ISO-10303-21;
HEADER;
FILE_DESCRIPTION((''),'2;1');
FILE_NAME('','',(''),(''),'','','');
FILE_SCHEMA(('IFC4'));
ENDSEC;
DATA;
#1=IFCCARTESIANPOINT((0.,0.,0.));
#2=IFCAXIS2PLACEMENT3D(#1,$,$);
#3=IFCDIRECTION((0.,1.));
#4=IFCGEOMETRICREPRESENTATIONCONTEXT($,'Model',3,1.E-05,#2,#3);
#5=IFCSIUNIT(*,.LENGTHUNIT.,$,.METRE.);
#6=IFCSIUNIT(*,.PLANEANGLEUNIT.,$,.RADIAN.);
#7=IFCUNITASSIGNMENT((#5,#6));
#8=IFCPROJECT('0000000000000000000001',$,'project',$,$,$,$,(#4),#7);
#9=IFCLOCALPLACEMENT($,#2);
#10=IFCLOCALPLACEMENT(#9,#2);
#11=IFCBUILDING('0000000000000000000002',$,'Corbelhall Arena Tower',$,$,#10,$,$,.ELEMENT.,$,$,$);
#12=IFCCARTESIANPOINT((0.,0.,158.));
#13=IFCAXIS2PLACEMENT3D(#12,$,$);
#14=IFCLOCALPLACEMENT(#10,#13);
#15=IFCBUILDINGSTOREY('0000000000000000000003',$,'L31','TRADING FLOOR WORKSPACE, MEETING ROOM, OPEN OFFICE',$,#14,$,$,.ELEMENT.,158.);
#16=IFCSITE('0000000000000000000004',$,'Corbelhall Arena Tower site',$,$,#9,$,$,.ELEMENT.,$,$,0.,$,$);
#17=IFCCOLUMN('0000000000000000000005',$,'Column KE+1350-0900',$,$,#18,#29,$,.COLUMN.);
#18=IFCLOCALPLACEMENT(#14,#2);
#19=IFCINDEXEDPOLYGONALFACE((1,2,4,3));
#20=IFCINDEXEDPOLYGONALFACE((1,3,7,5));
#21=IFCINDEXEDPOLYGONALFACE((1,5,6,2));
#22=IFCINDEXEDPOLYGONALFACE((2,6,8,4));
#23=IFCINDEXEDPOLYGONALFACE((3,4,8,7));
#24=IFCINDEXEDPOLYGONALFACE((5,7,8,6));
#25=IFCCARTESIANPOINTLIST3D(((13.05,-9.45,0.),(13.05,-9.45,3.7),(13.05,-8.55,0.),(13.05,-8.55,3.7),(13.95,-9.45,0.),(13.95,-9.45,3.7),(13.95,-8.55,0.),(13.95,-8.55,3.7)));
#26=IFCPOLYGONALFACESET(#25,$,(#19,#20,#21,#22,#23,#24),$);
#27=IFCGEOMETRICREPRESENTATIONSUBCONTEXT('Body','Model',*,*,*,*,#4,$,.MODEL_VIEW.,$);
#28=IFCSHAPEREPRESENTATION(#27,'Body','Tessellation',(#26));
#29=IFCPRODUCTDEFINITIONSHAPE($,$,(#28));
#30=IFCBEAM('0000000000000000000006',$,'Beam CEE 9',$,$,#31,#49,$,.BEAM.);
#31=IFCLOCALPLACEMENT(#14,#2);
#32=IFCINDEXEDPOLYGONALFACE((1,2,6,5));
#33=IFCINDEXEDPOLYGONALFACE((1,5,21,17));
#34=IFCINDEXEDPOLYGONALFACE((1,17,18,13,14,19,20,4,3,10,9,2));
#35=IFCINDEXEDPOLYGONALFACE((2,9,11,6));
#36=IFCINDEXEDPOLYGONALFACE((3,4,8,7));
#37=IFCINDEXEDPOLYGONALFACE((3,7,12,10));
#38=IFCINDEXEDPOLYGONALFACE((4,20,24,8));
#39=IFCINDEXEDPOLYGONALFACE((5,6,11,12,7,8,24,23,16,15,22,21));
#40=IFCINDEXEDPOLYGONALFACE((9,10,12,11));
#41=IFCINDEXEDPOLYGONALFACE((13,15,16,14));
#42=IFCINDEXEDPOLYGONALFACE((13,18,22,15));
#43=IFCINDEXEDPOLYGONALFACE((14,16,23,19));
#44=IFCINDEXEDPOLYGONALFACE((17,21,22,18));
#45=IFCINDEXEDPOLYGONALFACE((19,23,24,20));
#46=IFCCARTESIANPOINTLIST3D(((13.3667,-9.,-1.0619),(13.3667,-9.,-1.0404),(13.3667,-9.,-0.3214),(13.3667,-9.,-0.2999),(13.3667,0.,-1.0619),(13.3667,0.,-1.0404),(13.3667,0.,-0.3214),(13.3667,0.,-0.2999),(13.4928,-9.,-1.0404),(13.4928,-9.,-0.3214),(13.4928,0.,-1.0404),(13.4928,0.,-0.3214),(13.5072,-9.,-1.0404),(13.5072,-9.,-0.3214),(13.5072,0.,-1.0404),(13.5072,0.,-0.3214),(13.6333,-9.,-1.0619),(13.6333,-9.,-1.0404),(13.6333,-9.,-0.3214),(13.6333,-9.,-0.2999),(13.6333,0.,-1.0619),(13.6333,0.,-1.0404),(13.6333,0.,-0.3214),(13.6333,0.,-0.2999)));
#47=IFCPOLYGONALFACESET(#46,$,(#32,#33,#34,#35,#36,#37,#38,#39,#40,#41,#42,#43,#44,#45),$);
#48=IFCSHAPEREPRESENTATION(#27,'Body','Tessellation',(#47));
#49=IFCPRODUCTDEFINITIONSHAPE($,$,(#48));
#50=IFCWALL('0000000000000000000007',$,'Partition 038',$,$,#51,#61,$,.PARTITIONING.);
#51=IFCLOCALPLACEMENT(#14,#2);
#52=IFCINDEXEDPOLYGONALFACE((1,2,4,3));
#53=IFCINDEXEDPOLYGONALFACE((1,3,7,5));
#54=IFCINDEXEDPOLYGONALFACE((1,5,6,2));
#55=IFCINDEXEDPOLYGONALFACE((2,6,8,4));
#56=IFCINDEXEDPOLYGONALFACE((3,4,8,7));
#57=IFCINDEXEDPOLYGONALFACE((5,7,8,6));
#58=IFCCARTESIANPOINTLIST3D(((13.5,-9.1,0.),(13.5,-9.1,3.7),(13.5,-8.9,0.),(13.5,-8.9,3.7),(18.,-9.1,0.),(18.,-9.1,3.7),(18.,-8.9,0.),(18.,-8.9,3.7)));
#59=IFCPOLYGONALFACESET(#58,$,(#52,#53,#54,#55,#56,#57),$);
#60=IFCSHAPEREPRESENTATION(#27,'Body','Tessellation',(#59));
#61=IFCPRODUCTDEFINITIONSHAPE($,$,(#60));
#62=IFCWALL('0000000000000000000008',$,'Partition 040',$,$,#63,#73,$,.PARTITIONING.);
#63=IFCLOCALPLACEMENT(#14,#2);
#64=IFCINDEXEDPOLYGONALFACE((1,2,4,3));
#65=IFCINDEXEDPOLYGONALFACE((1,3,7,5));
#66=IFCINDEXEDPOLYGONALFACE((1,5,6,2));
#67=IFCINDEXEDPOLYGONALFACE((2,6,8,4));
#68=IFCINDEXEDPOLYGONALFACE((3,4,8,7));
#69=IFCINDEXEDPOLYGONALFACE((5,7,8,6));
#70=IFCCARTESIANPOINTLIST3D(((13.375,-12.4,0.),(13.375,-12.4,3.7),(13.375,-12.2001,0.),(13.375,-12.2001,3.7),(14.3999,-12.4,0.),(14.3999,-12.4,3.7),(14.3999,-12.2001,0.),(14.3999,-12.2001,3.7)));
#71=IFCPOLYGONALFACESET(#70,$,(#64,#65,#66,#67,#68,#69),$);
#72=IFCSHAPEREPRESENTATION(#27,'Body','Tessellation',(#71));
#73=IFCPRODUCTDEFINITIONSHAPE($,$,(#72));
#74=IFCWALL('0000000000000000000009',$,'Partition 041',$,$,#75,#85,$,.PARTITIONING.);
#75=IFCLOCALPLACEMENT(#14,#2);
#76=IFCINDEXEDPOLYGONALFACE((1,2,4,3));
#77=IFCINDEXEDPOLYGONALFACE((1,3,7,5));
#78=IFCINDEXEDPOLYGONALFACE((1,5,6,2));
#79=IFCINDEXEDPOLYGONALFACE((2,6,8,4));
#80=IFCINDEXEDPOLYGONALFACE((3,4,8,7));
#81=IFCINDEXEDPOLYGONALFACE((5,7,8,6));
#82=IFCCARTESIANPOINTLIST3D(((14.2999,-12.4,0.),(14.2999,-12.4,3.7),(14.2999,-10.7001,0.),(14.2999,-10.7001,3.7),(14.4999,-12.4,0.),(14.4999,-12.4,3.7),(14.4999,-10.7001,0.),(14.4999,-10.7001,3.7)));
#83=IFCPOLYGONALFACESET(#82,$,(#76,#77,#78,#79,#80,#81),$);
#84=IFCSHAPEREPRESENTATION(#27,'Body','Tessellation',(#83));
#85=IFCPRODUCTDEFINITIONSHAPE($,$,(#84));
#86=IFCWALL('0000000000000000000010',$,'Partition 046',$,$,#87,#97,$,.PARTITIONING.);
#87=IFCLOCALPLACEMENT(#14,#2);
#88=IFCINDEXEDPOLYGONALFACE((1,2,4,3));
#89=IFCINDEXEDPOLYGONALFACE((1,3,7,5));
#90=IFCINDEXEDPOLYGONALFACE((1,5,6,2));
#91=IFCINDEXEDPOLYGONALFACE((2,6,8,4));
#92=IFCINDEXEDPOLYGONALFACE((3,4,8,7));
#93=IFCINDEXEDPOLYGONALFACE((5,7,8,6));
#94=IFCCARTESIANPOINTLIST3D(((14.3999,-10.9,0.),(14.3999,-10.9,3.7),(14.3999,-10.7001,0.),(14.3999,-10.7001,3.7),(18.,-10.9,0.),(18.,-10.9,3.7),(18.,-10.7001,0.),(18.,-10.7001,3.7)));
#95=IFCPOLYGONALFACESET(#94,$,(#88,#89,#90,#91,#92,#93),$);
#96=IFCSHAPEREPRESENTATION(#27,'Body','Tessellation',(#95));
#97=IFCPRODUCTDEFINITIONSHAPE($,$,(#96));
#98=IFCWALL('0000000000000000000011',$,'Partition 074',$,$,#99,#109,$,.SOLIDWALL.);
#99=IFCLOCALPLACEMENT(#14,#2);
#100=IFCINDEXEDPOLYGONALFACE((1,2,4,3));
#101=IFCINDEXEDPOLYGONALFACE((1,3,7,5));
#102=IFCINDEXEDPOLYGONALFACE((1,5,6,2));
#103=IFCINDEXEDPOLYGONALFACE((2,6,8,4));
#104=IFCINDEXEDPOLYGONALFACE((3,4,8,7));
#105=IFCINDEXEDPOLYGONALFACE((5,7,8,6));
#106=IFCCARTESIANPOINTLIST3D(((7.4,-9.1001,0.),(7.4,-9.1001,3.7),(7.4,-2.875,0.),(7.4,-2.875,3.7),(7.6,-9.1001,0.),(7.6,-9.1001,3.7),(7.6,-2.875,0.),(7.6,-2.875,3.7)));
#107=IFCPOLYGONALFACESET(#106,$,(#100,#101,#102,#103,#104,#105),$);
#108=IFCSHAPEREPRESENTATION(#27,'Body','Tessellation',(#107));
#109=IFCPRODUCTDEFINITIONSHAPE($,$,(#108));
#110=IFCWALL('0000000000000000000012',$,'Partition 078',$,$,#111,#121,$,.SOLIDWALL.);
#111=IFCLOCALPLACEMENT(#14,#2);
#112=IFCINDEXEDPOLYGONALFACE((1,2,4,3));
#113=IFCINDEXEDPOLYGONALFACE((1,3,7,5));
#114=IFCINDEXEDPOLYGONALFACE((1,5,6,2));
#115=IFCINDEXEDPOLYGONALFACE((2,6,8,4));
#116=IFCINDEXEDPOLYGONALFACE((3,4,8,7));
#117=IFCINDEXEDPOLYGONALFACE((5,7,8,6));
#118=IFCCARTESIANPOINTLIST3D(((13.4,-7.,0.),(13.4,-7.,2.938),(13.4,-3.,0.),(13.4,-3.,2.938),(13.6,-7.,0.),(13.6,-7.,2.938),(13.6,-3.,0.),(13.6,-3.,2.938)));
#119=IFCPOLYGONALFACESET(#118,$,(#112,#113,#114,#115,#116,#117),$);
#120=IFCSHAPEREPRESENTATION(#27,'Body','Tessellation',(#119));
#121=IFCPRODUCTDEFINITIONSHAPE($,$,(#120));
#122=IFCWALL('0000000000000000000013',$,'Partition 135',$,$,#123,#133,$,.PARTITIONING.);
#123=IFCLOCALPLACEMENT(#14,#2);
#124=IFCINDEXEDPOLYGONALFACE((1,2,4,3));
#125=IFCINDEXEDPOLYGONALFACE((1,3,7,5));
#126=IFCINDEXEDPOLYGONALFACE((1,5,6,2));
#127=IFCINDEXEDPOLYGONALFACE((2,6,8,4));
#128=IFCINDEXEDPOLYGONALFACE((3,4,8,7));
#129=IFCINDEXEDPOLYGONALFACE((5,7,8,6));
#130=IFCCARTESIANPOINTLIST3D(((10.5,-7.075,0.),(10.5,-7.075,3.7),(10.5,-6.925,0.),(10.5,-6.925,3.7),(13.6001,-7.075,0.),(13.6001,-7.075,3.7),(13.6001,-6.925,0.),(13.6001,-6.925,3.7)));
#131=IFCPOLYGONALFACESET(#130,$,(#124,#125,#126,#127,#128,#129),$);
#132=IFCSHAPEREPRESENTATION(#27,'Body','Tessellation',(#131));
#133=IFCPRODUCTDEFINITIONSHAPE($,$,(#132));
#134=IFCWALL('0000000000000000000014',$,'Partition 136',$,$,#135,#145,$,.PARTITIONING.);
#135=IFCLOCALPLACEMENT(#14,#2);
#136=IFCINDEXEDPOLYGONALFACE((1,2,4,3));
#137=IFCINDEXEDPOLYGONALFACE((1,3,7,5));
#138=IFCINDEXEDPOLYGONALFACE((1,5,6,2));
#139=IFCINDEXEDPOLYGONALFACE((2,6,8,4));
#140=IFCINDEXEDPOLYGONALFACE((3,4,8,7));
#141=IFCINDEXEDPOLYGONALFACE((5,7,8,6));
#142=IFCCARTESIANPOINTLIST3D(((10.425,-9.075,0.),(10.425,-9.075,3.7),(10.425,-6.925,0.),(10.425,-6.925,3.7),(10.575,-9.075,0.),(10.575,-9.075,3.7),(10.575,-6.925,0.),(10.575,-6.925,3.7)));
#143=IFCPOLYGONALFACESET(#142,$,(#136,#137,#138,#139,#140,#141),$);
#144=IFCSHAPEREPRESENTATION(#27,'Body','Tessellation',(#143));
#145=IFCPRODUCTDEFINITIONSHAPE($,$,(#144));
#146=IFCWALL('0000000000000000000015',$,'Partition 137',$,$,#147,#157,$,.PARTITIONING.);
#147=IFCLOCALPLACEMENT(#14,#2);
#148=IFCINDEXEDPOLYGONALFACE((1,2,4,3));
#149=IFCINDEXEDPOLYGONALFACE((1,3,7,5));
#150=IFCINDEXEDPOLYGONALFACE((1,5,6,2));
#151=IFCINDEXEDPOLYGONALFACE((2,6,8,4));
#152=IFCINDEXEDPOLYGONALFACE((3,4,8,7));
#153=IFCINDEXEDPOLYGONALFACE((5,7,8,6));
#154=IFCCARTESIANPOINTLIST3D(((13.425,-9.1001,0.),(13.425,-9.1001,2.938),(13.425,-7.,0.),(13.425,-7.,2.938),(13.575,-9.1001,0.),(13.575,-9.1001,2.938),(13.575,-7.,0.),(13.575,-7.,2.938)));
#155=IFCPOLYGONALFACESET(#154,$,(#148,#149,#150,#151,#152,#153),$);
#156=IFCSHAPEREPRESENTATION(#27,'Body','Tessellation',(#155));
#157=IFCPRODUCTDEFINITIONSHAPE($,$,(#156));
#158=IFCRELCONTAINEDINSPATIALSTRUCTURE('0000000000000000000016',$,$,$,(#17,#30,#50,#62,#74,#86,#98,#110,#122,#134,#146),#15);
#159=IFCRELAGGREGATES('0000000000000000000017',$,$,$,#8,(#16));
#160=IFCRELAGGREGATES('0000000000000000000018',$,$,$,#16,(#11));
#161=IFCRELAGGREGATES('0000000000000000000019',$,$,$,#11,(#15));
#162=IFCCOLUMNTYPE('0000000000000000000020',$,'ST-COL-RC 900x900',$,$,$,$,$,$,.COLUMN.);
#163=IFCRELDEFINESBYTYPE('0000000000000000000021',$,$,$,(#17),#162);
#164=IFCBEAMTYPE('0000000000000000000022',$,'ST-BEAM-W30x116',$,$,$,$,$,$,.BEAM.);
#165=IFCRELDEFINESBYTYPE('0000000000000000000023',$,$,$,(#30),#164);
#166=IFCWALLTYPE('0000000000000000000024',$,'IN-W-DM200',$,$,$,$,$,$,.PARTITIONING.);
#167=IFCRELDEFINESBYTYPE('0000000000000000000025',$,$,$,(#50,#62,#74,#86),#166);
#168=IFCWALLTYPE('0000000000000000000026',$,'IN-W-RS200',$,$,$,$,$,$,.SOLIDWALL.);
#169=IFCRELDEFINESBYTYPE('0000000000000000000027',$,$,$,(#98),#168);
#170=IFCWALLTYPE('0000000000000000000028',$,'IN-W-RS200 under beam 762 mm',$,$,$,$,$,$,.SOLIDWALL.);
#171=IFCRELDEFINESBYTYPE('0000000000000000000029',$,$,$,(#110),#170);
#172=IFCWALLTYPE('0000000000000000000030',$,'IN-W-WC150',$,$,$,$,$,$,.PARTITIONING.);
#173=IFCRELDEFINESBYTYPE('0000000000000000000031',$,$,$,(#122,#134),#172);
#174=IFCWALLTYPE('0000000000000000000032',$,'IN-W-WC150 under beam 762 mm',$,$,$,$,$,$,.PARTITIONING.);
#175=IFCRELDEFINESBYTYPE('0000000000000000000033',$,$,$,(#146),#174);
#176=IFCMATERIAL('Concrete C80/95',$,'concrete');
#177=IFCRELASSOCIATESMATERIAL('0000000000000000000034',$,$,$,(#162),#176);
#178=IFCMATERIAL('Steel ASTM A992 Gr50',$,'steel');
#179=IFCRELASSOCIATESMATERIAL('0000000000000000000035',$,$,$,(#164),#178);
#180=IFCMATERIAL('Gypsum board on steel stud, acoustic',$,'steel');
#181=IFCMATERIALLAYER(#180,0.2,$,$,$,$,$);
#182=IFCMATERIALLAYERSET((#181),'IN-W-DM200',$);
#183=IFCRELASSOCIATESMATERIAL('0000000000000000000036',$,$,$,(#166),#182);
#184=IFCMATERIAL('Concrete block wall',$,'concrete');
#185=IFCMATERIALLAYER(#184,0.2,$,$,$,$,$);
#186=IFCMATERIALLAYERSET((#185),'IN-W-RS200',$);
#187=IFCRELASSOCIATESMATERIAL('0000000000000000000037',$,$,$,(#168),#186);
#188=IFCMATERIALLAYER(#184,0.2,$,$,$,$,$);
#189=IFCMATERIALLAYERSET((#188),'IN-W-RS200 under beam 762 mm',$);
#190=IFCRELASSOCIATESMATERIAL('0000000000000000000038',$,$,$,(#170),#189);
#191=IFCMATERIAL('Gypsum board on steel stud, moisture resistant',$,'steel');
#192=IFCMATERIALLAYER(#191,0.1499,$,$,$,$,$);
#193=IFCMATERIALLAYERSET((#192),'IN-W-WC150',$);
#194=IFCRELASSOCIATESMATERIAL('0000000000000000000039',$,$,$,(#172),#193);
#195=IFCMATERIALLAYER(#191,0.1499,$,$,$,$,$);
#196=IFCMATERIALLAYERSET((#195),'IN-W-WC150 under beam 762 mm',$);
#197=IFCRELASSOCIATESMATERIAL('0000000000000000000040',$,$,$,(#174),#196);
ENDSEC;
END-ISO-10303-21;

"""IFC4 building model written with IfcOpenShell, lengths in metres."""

from ifc_helpers import new_model, si_unit, direction, frame, frame_2d, origin, origin_2d, place, context, subcontext, project, spatial, rectangle, i_section, extrude, material, layer, layer_set, material_profile, profile_set, type_object, element, save


model = new_model("IFC4")

# Units and contexts
model_context = context("Model", 3, precision=1e-05, world=origin(), true_north=direction((0.0, 1.0)))
body_context = subcontext(model_context, "Body", "Model", "MODEL_VIEW")
ifc_project = project(units=[si_unit("LENGTHUNIT", "METRE"), si_unit("PLANEANGLEUNIT", "RADIAN")], contexts=[model_context])

# Site, building, storey
site_placement = place(None, origin())
site = spatial("IfcSite", under=ifc_project, at=site_placement, Name="Corbelhall Arena Tower site", CompositionType="ELEMENT", RefElevation=0.0)
building_placement = place(site_placement, origin())
building = spatial("IfcBuilding", under=site, at=building_placement, Name="Corbelhall Arena Tower", CompositionType="ELEMENT")
storey_placement = place(building_placement, frame((0.0, 0.0, 158.0)))
storey = spatial("IfcBuildingStorey", under=building, at=storey_placement, Name="L31", Description="TRADING FLOOR WORKSPACE, MEETING ROOM, OPEN OFFICE", CompositionType="ELEMENT", Elevation=158.0)

# Column
ifc_material_1 = material(Name="Concrete C80/95", Category="concrete")
ifc_material_profile_1 = material_profile(ifc_material_1, rectangle(XDim=0.8999, YDim=0.8999, at=origin_2d()))
ifc_profile_set_1 = profile_set([ifc_material_profile_1], Name="Concrete C80/95")
column_type = type_object("IfcColumnType", Name="ST-COL-RC 900x900", PredefinedType="COLUMN", material=ifc_profile_set_1)
column_placement = place(storey_placement, frame((13.5, -9.0, 0.0), z_axis=(0.0, 0.0, 1.0), x_axis=(1.0, 0.0, 0.0)))
element("IfcColumn", 1, at=column_placement, inside=storey, type_object=column_type, Name="Column KE+1350-0900", PredefinedType="COLUMN", context=body_context, shape_type="SweptSolid", body=[
    extrude(rectangle(XDim=0.8999, YDim=0.8999, at=origin_2d()), origin(), (0.0, 0.0, 1.0), 3.7),
])

# Beam
ifc_material_2 = material(Name="Steel ASTM A992 Gr50", Category="steel")
ifc_material_profile_2 = material_profile(ifc_material_2, i_section(OverallWidth=0.2666, OverallDepth=0.762, WebThickness=0.0144, FlangeThickness=0.0215, at=origin_2d()))
ifc_profile_set_2 = profile_set([ifc_material_profile_2], Name="Steel ASTM A992 Gr50")
beam_type = type_object("IfcBeamType", Name="ST-BEAM-W30x116", PredefinedType="BEAM", material=ifc_profile_set_2)
beam_placement = place(storey_placement, frame((13.5, -9.0, -0.6809), z_axis=(0.0, 1.0, 0.0), x_axis=(-1.0, 0.0, 0.0)))
element("IfcBeam", 2, at=beam_placement, inside=storey, type_object=beam_type, Name="Beam CEE 9", PredefinedType="BEAM", context=body_context, shape_type="SweptSolid", body=[
    extrude(i_section(OverallWidth=0.2666, OverallDepth=0.762, WebThickness=0.0144, FlangeThickness=0.0215, at=origin_2d()), origin(), (0.0, 0.0, 1.0), 9.0),
])

# Walls
ifc_material_3 = material(Name="Gypsum board on steel stud, acoustic", Category="steel")
ifc_layer_1 = layer(ifc_material_3, 0.2)
ifc_layer_set_1 = layer_set([ifc_layer_1], Name="IN-W-DM200")
wall_type_1 = type_object("IfcWallType", Name="IN-W-DM200", PredefinedType="PARTITIONING", material=ifc_layer_set_1)
wall_1_placement = place(storey_placement, frame((13.5, -9.0, 0.0), z_axis=(0.0, 0.0, 1.0), x_axis=(1.0, 0.0, 0.0)))
element("IfcWall", 3, at=wall_1_placement, inside=storey, type_object=wall_type_1, Name="Partition 038", PredefinedType="PARTITIONING", context=body_context, shape_type="SweptSolid", body=[
    extrude(rectangle(XDim=4.5, YDim=0.2, at=frame_2d((2.25, 0.0))), origin(), (0.0, 0.0, 1.0), 3.7),
])
wall_2_placement = place(storey_placement, frame((14.3999, -12.3, 0.0), z_axis=(0.0, 0.0, 1.0), x_axis=(-1.0, 0.0, 0.0)))
element("IfcWall", 4, at=wall_2_placement, inside=storey, type_object=wall_type_1, Name="Partition 040", PredefinedType="PARTITIONING", context=body_context, shape_type="SweptSolid", body=[
    extrude(rectangle(XDim=1.0249, YDim=0.2, at=frame_2d((0.5125, 0.0))), origin(), (0.0, 0.0, 1.0), 3.7),
])
wall_3_placement = place(storey_placement, frame((14.3999, -10.7, 0.0), z_axis=(0.0, 0.0, 1.0), x_axis=(0.0, -1.0, 0.0)))
element("IfcWall", 5, at=wall_3_placement, inside=storey, type_object=wall_type_1, Name="Partition 041", PredefinedType="PARTITIONING", context=body_context, shape_type="SweptSolid", body=[
    extrude(rectangle(XDim=1.7, YDim=0.2, at=frame_2d((0.8501, 0.0))), origin(), (0.0, 0.0, 1.0), 3.7),
])
wall_4_placement = place(storey_placement, frame((18.0, -10.8, 0.0), z_axis=(0.0, 0.0, 1.0), x_axis=(-1.0, 0.0, 0.0)))
element("IfcWall", 6, at=wall_4_placement, inside=storey, type_object=wall_type_1, Name="Partition 046", PredefinedType="PARTITIONING", context=body_context, shape_type="SweptSolid", body=[
    extrude(rectangle(XDim=3.6001, YDim=0.2, at=frame_2d((1.8, 0.0))), origin(), (0.0, 0.0, 1.0), 3.7),
])

# Wall
ifc_material_4 = material(Name="Concrete block wall", Category="concrete")
ifc_layer_2 = layer(ifc_material_4, 0.2)
ifc_layer_set_2 = layer_set([ifc_layer_2], Name="IN-W-RS200")
wall_type_2 = type_object("IfcWallType", Name="IN-W-RS200", PredefinedType="SOLIDWALL", material=ifc_layer_set_2)
wall_5_placement = place(storey_placement, frame((7.5, -2.875, 0.0), z_axis=(0.0, 0.0, 1.0), x_axis=(0.0, -1.0, 0.0)))
element("IfcWall", 7, at=wall_5_placement, inside=storey, type_object=wall_type_2, Name="Partition 074", PredefinedType="SOLIDWALL", context=body_context, shape_type="SweptSolid", body=[
    extrude(rectangle(XDim=6.2251, YDim=0.2, at=frame_2d((3.1125, 0.0))), origin(), (0.0, 0.0, 1.0), 3.7),
])

# Walls
ifc_layer_3 = layer(ifc_material_4, 0.2)
ifc_layer_set_3 = layer_set([ifc_layer_3], Name="IN-W-RS200 under beam 762 mm")
wall_type_3 = type_object("IfcWallType", Name="IN-W-RS200 under beam 762 mm", PredefinedType="SOLIDWALL", material=ifc_layer_set_3)
wall_6_placement = place(storey_placement, frame((13.5, -3.0, 0.0), z_axis=(0.0, 0.0, 1.0), x_axis=(0.0, -1.0, 0.0)))
element("IfcWall", 8, at=wall_6_placement, inside=storey, type_object=wall_type_3, Name="Partition 078", PredefinedType="SOLIDWALL", context=body_context, shape_type="SweptSolid", body=[
    extrude(rectangle(XDim=4.0, YDim=0.2, at=frame_2d((2.0, 0.0))), origin(), (0.0, 0.0, 1.0), 2.938),
])
ifc_material_5 = material(Name="Gypsum board on steel stud, moisture resistant", Category="steel")
ifc_layer_4 = layer(ifc_material_5, 0.1499)
ifc_layer_set_4 = layer_set([ifc_layer_4], Name="IN-W-WC150")
wall_type_4 = type_object("IfcWallType", Name="IN-W-WC150", PredefinedType="PARTITIONING", material=ifc_layer_set_4)
wall_7_placement = place(storey_placement, frame((10.5, -7.0, 0.0), z_axis=(0.0, 0.0, 1.0), x_axis=(1.0, 0.0, 0.0)))
element("IfcWall", 9, at=wall_7_placement, inside=storey, type_object=wall_type_4, Name="Partition 135", PredefinedType="PARTITIONING", context=body_context, shape_type="SweptSolid", body=[
    extrude(rectangle(XDim=3.1001, YDim=0.1499, at=frame_2d((1.55, 0.0))), origin(), (0.0, 0.0, 1.0), 3.7),
])
wall_8_placement = place(storey_placement, frame((10.5, -6.925, 0.0), z_axis=(0.0, 0.0, 1.0), x_axis=(0.0, -1.0, 0.0)))
element("IfcWall", 10, at=wall_8_placement, inside=storey, type_object=wall_type_4, Name="Partition 136", PredefinedType="PARTITIONING", context=body_context, shape_type="SweptSolid", body=[
    extrude(rectangle(XDim=2.1499, YDim=0.1499, at=frame_2d((1.075, 0.0))), origin(), (0.0, 0.0, 1.0), 3.7),
])
ifc_layer_5 = layer(ifc_material_5, 0.1499)
ifc_layer_set_5 = layer_set([ifc_layer_5], Name="IN-W-WC150 under beam 762 mm")
wall_type_5 = type_object("IfcWallType", Name="IN-W-WC150 under beam 762 mm", PredefinedType="PARTITIONING", material=ifc_layer_set_5)
wall_9_placement = place(storey_placement, frame((13.5, -7.0, 0.0), z_axis=(0.0, 0.0, 1.0), x_axis=(0.0, -1.0, 0.0)))
element("IfcWall", 11, at=wall_9_placement, inside=storey, type_object=wall_type_5, Name="Partition 137", PredefinedType="PARTITIONING", context=body_context, shape_type="SweptSolid", body=[
    extrude(rectangle(XDim=2.1001, YDim=0.1499, at=frame_2d((1.05, 0.0))), origin(), (0.0, 0.0, 1.0), 2.938),
])

save(model, "model.ifc")
